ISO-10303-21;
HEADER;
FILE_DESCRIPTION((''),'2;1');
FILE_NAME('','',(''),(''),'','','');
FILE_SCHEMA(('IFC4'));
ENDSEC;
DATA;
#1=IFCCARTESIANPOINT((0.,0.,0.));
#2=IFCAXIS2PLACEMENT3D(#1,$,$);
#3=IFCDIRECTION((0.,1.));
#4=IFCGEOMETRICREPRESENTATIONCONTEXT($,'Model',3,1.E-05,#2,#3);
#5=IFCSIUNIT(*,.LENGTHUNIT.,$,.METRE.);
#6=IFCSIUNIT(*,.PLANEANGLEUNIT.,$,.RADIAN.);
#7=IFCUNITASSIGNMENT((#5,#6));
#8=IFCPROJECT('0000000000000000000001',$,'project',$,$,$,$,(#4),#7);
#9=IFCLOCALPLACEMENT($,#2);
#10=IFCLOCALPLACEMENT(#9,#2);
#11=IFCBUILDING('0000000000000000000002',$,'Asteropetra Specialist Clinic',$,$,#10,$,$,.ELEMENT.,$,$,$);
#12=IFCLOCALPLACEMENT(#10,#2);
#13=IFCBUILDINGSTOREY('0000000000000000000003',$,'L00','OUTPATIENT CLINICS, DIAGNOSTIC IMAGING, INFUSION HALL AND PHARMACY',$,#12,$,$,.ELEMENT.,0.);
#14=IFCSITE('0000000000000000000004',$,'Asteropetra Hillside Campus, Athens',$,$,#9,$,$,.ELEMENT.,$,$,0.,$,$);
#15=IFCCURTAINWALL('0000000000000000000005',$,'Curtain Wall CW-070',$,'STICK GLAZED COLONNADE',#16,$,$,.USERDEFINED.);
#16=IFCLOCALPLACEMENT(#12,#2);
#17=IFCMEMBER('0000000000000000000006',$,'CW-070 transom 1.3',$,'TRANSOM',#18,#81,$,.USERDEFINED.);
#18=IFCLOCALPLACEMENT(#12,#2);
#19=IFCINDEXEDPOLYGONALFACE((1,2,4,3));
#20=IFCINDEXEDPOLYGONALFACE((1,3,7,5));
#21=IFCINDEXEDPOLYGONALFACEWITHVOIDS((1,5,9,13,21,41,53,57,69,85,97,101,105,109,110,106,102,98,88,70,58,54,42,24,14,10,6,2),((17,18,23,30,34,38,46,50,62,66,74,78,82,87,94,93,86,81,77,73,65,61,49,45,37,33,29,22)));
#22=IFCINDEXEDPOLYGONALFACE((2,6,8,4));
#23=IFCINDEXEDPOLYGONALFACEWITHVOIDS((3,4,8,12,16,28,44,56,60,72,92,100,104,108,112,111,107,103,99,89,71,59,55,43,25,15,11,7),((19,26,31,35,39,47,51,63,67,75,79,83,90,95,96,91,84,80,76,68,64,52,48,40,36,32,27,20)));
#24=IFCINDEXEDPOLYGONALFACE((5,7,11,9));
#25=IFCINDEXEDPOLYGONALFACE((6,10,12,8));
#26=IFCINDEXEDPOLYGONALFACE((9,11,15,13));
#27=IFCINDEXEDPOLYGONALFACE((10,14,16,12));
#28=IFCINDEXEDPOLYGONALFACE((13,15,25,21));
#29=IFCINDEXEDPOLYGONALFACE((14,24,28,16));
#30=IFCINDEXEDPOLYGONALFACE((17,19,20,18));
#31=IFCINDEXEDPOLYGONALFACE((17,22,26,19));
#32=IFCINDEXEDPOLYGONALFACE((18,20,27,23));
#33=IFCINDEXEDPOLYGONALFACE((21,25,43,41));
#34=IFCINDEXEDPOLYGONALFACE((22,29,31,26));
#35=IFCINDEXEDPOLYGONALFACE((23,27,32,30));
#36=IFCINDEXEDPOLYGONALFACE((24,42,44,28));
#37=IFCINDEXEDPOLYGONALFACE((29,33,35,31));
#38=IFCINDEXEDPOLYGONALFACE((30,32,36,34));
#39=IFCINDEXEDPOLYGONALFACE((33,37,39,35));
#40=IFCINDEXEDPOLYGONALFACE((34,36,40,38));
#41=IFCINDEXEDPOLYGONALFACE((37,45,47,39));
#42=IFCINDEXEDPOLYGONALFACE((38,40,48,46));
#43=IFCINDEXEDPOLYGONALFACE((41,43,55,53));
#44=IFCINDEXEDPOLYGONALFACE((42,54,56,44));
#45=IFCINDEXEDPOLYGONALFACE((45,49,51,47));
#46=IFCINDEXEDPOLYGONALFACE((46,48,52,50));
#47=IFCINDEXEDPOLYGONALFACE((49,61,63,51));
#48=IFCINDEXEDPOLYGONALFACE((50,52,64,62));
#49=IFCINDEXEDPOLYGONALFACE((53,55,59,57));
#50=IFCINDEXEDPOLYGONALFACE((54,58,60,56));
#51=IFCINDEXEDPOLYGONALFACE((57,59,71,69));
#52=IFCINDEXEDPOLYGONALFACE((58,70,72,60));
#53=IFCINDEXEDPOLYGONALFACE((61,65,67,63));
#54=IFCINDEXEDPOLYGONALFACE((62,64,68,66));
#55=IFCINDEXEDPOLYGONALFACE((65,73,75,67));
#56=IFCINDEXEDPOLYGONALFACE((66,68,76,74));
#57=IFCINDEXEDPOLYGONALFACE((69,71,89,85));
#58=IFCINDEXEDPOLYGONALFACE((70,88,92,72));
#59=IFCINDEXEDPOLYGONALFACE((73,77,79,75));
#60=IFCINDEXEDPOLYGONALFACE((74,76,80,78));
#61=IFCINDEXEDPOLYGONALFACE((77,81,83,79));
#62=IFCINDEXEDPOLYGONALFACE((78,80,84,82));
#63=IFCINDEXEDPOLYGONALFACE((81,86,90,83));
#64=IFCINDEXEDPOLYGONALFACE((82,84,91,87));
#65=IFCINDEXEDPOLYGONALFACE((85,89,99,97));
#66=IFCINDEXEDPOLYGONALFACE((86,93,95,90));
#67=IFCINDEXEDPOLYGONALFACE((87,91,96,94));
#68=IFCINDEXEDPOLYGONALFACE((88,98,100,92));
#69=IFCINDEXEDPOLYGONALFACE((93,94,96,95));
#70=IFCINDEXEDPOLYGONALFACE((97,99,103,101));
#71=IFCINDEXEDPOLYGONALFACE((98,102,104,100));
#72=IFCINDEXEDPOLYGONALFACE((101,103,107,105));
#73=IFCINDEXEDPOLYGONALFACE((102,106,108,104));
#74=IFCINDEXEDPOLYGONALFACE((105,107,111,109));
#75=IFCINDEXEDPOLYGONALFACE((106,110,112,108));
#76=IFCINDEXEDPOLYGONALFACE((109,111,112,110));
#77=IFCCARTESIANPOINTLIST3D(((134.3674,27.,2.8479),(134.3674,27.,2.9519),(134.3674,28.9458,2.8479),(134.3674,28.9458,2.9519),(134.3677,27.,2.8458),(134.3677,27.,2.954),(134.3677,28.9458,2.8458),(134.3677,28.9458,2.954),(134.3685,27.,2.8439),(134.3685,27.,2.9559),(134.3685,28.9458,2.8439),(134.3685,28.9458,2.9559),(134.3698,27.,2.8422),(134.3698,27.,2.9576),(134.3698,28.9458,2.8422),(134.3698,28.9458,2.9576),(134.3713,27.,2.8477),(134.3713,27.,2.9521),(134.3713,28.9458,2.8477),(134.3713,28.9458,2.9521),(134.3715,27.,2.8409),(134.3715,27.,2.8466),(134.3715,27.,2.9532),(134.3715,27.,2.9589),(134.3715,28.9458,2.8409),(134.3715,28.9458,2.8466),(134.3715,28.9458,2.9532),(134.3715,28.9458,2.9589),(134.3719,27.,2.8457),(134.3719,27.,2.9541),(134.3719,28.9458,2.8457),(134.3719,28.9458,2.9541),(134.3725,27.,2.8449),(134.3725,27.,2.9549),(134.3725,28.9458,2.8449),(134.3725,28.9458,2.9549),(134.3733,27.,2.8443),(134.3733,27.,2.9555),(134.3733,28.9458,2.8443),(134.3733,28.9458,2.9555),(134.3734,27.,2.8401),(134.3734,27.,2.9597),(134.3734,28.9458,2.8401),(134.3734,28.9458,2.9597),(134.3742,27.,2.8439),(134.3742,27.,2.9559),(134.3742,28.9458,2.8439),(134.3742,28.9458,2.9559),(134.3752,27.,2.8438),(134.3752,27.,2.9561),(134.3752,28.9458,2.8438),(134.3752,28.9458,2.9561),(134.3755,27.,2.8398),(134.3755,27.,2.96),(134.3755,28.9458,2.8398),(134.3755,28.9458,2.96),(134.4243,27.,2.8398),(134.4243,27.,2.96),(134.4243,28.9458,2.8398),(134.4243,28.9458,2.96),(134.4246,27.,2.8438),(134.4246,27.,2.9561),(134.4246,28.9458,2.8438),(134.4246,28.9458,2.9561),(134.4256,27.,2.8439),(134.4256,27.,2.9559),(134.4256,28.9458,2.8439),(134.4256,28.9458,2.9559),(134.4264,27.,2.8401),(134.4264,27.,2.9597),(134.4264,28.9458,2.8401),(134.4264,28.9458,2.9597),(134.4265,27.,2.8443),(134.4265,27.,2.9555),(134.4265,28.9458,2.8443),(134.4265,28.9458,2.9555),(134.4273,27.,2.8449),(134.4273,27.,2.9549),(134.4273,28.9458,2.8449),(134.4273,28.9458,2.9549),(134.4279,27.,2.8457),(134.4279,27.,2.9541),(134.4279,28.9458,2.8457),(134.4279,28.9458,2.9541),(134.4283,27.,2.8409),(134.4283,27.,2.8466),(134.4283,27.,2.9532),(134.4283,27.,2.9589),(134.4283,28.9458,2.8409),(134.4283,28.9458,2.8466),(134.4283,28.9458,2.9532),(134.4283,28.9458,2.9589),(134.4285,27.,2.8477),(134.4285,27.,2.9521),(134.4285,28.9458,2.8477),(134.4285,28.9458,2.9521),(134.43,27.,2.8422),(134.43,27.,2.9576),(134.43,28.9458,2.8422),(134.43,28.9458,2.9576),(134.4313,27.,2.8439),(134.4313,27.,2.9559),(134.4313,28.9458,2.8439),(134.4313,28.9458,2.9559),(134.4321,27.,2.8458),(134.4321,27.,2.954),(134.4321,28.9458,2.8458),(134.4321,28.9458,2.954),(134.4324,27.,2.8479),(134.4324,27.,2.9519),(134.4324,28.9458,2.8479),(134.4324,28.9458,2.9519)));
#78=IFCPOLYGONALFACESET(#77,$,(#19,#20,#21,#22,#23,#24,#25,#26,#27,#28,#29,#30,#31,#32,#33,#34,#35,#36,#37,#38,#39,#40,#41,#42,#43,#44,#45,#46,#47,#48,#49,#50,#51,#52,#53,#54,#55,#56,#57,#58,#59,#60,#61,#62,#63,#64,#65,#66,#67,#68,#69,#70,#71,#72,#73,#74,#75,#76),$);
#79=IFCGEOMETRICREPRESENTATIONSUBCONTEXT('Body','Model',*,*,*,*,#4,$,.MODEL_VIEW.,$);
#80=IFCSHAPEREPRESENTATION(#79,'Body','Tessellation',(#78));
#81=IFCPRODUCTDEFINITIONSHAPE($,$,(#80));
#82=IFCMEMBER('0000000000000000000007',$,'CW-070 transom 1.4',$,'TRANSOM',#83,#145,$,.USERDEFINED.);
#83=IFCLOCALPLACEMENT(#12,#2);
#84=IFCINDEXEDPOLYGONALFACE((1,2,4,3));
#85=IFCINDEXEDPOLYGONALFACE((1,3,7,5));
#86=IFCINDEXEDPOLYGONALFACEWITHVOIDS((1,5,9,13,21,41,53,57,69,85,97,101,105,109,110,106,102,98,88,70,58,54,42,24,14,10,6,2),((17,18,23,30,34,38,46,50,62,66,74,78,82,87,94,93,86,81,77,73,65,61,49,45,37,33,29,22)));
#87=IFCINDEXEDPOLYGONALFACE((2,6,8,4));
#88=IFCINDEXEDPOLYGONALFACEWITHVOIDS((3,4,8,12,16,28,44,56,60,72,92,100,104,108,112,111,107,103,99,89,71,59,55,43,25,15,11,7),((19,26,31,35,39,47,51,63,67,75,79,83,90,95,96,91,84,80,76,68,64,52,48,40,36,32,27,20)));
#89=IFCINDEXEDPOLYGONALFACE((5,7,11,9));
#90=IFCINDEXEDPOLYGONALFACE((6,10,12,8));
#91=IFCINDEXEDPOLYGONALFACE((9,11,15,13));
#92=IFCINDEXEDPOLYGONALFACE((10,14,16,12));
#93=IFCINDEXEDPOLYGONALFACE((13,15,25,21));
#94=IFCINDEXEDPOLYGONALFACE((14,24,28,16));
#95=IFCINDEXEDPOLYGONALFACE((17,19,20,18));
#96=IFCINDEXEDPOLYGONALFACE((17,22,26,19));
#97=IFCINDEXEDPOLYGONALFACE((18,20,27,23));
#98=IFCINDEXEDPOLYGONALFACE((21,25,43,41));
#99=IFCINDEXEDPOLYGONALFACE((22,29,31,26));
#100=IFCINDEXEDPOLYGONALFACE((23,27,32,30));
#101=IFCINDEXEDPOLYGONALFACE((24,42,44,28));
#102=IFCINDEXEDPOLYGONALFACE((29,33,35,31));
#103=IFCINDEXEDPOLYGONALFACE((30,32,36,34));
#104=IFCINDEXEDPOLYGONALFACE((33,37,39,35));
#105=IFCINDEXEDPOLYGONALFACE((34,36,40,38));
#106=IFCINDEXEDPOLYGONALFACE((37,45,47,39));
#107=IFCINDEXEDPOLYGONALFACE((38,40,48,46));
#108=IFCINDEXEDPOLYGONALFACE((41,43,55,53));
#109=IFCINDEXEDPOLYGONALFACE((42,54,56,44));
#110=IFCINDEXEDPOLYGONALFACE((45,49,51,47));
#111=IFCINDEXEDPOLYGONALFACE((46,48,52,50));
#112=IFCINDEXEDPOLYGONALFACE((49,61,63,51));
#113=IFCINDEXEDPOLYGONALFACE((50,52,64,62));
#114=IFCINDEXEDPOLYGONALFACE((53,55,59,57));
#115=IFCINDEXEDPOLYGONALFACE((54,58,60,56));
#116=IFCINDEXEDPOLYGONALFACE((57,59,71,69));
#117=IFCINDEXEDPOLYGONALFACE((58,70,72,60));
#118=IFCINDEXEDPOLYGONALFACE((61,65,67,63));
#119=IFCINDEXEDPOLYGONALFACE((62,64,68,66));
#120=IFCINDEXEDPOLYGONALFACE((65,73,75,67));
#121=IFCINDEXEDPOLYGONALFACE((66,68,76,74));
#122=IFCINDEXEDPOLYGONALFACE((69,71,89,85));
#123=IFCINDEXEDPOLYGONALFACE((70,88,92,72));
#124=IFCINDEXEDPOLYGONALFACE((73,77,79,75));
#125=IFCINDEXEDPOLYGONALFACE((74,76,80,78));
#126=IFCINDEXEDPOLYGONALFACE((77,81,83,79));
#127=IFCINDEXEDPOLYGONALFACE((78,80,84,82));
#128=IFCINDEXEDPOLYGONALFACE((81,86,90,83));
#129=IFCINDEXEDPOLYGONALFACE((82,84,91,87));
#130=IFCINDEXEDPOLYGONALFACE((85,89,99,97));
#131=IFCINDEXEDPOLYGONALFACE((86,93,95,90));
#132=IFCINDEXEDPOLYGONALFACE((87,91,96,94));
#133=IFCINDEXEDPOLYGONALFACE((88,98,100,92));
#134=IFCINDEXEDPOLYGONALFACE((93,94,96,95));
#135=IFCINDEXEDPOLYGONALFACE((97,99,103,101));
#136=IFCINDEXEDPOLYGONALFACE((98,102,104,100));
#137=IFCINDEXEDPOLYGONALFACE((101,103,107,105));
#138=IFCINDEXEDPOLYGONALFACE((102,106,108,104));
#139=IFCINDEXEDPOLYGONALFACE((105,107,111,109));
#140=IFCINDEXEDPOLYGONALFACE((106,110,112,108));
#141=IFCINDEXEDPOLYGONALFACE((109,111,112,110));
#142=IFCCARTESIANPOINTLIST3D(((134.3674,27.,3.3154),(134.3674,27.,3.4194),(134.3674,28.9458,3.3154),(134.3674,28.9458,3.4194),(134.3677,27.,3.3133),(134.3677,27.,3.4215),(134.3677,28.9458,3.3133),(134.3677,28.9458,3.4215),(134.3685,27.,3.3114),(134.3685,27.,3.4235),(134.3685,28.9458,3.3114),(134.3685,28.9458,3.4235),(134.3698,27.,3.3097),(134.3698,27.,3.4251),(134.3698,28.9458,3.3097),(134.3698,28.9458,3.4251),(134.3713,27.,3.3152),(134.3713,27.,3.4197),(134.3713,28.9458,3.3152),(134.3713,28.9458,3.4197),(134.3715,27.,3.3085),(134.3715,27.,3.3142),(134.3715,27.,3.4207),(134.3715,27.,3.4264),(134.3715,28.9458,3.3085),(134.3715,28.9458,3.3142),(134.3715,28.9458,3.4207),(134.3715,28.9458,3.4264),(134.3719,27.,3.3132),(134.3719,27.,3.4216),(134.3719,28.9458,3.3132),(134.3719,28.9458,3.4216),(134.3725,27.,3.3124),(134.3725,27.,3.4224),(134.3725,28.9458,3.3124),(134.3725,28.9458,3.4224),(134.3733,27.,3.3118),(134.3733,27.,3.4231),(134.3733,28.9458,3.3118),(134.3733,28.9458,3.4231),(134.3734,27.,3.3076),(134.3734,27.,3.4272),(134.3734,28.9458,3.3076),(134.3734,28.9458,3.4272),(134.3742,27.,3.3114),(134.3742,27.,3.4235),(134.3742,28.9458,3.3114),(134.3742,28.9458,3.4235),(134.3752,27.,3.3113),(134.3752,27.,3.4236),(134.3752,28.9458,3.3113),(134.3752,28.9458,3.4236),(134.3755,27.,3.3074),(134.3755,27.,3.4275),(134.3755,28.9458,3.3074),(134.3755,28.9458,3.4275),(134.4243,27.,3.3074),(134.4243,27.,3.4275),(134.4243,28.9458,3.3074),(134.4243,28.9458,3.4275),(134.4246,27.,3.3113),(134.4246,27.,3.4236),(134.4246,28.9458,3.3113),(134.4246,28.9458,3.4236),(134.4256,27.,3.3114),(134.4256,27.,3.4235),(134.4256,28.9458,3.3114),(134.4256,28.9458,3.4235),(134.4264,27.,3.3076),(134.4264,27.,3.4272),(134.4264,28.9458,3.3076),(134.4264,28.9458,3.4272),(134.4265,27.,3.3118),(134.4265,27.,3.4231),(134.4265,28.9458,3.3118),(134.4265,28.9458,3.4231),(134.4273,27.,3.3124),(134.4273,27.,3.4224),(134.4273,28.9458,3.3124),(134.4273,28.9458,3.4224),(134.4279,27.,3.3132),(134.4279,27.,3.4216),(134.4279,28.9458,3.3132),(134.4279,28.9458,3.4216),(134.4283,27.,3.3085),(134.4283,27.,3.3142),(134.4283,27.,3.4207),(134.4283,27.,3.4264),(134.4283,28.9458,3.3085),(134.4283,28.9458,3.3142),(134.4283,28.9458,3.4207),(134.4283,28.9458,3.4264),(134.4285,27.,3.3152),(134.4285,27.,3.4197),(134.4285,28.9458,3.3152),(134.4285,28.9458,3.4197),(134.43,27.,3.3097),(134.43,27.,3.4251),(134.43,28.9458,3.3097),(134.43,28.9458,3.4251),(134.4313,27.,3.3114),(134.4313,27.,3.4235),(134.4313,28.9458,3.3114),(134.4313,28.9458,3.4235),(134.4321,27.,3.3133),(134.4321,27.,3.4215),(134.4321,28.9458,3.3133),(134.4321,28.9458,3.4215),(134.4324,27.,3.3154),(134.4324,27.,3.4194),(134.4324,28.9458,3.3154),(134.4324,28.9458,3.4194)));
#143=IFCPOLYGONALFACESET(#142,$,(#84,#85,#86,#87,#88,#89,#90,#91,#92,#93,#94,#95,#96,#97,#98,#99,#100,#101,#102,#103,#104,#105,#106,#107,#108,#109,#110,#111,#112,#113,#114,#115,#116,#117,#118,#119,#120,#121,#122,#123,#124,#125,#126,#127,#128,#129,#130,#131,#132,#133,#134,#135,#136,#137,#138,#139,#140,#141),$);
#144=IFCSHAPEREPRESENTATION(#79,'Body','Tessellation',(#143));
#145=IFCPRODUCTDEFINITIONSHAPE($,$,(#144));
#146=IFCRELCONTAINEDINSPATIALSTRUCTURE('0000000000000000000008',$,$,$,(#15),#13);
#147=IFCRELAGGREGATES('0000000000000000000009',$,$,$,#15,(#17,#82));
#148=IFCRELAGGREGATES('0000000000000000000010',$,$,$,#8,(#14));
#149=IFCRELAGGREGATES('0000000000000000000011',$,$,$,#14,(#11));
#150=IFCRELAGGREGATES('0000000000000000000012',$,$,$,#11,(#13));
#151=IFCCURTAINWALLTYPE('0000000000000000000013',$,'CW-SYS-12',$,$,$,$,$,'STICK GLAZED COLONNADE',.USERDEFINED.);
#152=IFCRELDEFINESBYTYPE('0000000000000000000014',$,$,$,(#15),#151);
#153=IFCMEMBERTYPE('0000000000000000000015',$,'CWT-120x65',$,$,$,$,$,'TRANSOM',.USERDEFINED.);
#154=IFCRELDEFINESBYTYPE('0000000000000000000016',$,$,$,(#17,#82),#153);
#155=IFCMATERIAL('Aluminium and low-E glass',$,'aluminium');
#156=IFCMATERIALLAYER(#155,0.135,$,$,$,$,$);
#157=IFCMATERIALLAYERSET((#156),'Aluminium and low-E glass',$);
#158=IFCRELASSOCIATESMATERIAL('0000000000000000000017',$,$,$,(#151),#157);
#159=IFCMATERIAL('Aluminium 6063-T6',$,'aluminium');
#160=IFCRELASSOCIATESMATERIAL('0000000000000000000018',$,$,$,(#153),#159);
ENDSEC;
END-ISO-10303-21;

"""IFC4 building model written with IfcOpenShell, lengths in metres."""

from ifc_helpers import new_model, si_unit, direction, frame, origin, origin_2d, place, context, subcontext, project, spatial, hollow_rectangle, extrude, material, layer, layer_set, material_profile, profile_set, type_object, element, aggregate, save


model = new_model("IFC4")

# Units and contexts
model_context = context("Model", 3, precision=1e-05, world=origin(), true_north=direction((0.0, 1.0)))
body_context = subcontext(model_context, "Body", "Model", "MODEL_VIEW")
ifc_project = project(units=[si_unit("LENGTHUNIT", "METRE"), si_unit("PLANEANGLEUNIT", "RADIAN")], contexts=[model_context])

# Site, building, storey
site_placement = place(None, origin())
site = spatial("IfcSite", under=ifc_project, at=site_placement, Name="Asteropetra Hillside Campus, Athens", CompositionType="ELEMENT", RefElevation=0.0)
building_placement = place(site_placement, origin())
building = spatial("IfcBuilding", under=site, at=building_placement, Name="Asteropetra Specialist Clinic", CompositionType="ELEMENT")
storey_placement = place(building_placement, origin())
storey = spatial("IfcBuildingStorey", under=building, at=storey_placement, Name="L00", Description="OUTPATIENT CLINICS, DIAGNOSTIC IMAGING, INFUSION HALL AND PHARMACY", CompositionType="ELEMENT", Elevation=0.0)

# Curtain wall
ifc_material_1 = material(Name="Aluminium and low-E glass", Category="aluminium")
ifc_layer_1 = layer(ifc_material_1, 0.135)
ifc_layer_set_1 = layer_set([ifc_layer_1], Name="Aluminium and low-E glass")
curtain_wall_type_1 = type_object("IfcCurtainWallType", Name="CW-SYS-12", ElementType="STICK GLAZED COLONNADE", PredefinedType="USERDEFINED", material=ifc_layer_set_1)
curtain_wall_1_placement = place(storey_placement, origin())
curtain_wall_1 = element("IfcCurtainWall", 1, at=curtain_wall_1_placement, inside=storey, type_object=curtain_wall_type_1, Name="Curtain Wall CW-070", ObjectType="STICK GLAZED COLONNADE", PredefinedType="USERDEFINED")

# Members
ifc_material_2 = material(Name="Aluminium 6063-T6", Category="aluminium")
ifc_material_profile_1 = material_profile(ifc_material_2, hollow_rectangle(XDim=0.0649, YDim=0.1201, WallThickness=0.0039, InnerFilletRadius=0.0039, OuterFilletRadius=0.0081, at=origin_2d()), Name="TRN 120x65x4.0")
ifc_profile_set_1 = profile_set([ifc_material_profile_1], Name="Aluminium 6063-T6")
member_type_1 = type_object("IfcMemberType", Name="CWT-120x65", ElementType="TRANSOM", PredefinedType="USERDEFINED", material=ifc_profile_set_1)
member_1_placement = place(storey_placement, frame((134.3999, 27.0, 2.8999), z_axis=(0.0, 1.0, 0.0), x_axis=(-1.0, 0.0, 0.0)))
member_1 = element("IfcMember", 2, at=member_1_placement, type_object=member_type_1, Name="CW-070 transom 1.3", ObjectType="TRANSOM", PredefinedType="USERDEFINED", context=body_context, shape_type="SweptSolid", body=[
    extrude(hollow_rectangle(XDim=0.0649, YDim=0.1201, WallThickness=0.0039, InnerFilletRadius=0.0039, OuterFilletRadius=0.0081, at=origin_2d()), origin(), (0.0, 0.0, 1.0), 1.9458),
])
member_2_placement = place(storey_placement, frame((134.3999, 27.0, 3.3674), z_axis=(0.0, 1.0, 0.0), x_axis=(-1.0, 0.0, 0.0)))
member_2 = element("IfcMember", 3, at=member_2_placement, type_object=member_type_1, Name="CW-070 transom 1.4", ObjectType="TRANSOM", PredefinedType="USERDEFINED", context=body_context, shape_type="SweptSolid", body=[
    extrude(hollow_rectangle(XDim=0.0649, YDim=0.1201, WallThickness=0.0039, InnerFilletRadius=0.0039, OuterFilletRadius=0.0081, at=origin_2d()), origin(), (0.0, 0.0, 1.0), 1.9458),
])

aggregate(curtain_wall_1, [member_1, member_2])

save(model, "model.ifc")
